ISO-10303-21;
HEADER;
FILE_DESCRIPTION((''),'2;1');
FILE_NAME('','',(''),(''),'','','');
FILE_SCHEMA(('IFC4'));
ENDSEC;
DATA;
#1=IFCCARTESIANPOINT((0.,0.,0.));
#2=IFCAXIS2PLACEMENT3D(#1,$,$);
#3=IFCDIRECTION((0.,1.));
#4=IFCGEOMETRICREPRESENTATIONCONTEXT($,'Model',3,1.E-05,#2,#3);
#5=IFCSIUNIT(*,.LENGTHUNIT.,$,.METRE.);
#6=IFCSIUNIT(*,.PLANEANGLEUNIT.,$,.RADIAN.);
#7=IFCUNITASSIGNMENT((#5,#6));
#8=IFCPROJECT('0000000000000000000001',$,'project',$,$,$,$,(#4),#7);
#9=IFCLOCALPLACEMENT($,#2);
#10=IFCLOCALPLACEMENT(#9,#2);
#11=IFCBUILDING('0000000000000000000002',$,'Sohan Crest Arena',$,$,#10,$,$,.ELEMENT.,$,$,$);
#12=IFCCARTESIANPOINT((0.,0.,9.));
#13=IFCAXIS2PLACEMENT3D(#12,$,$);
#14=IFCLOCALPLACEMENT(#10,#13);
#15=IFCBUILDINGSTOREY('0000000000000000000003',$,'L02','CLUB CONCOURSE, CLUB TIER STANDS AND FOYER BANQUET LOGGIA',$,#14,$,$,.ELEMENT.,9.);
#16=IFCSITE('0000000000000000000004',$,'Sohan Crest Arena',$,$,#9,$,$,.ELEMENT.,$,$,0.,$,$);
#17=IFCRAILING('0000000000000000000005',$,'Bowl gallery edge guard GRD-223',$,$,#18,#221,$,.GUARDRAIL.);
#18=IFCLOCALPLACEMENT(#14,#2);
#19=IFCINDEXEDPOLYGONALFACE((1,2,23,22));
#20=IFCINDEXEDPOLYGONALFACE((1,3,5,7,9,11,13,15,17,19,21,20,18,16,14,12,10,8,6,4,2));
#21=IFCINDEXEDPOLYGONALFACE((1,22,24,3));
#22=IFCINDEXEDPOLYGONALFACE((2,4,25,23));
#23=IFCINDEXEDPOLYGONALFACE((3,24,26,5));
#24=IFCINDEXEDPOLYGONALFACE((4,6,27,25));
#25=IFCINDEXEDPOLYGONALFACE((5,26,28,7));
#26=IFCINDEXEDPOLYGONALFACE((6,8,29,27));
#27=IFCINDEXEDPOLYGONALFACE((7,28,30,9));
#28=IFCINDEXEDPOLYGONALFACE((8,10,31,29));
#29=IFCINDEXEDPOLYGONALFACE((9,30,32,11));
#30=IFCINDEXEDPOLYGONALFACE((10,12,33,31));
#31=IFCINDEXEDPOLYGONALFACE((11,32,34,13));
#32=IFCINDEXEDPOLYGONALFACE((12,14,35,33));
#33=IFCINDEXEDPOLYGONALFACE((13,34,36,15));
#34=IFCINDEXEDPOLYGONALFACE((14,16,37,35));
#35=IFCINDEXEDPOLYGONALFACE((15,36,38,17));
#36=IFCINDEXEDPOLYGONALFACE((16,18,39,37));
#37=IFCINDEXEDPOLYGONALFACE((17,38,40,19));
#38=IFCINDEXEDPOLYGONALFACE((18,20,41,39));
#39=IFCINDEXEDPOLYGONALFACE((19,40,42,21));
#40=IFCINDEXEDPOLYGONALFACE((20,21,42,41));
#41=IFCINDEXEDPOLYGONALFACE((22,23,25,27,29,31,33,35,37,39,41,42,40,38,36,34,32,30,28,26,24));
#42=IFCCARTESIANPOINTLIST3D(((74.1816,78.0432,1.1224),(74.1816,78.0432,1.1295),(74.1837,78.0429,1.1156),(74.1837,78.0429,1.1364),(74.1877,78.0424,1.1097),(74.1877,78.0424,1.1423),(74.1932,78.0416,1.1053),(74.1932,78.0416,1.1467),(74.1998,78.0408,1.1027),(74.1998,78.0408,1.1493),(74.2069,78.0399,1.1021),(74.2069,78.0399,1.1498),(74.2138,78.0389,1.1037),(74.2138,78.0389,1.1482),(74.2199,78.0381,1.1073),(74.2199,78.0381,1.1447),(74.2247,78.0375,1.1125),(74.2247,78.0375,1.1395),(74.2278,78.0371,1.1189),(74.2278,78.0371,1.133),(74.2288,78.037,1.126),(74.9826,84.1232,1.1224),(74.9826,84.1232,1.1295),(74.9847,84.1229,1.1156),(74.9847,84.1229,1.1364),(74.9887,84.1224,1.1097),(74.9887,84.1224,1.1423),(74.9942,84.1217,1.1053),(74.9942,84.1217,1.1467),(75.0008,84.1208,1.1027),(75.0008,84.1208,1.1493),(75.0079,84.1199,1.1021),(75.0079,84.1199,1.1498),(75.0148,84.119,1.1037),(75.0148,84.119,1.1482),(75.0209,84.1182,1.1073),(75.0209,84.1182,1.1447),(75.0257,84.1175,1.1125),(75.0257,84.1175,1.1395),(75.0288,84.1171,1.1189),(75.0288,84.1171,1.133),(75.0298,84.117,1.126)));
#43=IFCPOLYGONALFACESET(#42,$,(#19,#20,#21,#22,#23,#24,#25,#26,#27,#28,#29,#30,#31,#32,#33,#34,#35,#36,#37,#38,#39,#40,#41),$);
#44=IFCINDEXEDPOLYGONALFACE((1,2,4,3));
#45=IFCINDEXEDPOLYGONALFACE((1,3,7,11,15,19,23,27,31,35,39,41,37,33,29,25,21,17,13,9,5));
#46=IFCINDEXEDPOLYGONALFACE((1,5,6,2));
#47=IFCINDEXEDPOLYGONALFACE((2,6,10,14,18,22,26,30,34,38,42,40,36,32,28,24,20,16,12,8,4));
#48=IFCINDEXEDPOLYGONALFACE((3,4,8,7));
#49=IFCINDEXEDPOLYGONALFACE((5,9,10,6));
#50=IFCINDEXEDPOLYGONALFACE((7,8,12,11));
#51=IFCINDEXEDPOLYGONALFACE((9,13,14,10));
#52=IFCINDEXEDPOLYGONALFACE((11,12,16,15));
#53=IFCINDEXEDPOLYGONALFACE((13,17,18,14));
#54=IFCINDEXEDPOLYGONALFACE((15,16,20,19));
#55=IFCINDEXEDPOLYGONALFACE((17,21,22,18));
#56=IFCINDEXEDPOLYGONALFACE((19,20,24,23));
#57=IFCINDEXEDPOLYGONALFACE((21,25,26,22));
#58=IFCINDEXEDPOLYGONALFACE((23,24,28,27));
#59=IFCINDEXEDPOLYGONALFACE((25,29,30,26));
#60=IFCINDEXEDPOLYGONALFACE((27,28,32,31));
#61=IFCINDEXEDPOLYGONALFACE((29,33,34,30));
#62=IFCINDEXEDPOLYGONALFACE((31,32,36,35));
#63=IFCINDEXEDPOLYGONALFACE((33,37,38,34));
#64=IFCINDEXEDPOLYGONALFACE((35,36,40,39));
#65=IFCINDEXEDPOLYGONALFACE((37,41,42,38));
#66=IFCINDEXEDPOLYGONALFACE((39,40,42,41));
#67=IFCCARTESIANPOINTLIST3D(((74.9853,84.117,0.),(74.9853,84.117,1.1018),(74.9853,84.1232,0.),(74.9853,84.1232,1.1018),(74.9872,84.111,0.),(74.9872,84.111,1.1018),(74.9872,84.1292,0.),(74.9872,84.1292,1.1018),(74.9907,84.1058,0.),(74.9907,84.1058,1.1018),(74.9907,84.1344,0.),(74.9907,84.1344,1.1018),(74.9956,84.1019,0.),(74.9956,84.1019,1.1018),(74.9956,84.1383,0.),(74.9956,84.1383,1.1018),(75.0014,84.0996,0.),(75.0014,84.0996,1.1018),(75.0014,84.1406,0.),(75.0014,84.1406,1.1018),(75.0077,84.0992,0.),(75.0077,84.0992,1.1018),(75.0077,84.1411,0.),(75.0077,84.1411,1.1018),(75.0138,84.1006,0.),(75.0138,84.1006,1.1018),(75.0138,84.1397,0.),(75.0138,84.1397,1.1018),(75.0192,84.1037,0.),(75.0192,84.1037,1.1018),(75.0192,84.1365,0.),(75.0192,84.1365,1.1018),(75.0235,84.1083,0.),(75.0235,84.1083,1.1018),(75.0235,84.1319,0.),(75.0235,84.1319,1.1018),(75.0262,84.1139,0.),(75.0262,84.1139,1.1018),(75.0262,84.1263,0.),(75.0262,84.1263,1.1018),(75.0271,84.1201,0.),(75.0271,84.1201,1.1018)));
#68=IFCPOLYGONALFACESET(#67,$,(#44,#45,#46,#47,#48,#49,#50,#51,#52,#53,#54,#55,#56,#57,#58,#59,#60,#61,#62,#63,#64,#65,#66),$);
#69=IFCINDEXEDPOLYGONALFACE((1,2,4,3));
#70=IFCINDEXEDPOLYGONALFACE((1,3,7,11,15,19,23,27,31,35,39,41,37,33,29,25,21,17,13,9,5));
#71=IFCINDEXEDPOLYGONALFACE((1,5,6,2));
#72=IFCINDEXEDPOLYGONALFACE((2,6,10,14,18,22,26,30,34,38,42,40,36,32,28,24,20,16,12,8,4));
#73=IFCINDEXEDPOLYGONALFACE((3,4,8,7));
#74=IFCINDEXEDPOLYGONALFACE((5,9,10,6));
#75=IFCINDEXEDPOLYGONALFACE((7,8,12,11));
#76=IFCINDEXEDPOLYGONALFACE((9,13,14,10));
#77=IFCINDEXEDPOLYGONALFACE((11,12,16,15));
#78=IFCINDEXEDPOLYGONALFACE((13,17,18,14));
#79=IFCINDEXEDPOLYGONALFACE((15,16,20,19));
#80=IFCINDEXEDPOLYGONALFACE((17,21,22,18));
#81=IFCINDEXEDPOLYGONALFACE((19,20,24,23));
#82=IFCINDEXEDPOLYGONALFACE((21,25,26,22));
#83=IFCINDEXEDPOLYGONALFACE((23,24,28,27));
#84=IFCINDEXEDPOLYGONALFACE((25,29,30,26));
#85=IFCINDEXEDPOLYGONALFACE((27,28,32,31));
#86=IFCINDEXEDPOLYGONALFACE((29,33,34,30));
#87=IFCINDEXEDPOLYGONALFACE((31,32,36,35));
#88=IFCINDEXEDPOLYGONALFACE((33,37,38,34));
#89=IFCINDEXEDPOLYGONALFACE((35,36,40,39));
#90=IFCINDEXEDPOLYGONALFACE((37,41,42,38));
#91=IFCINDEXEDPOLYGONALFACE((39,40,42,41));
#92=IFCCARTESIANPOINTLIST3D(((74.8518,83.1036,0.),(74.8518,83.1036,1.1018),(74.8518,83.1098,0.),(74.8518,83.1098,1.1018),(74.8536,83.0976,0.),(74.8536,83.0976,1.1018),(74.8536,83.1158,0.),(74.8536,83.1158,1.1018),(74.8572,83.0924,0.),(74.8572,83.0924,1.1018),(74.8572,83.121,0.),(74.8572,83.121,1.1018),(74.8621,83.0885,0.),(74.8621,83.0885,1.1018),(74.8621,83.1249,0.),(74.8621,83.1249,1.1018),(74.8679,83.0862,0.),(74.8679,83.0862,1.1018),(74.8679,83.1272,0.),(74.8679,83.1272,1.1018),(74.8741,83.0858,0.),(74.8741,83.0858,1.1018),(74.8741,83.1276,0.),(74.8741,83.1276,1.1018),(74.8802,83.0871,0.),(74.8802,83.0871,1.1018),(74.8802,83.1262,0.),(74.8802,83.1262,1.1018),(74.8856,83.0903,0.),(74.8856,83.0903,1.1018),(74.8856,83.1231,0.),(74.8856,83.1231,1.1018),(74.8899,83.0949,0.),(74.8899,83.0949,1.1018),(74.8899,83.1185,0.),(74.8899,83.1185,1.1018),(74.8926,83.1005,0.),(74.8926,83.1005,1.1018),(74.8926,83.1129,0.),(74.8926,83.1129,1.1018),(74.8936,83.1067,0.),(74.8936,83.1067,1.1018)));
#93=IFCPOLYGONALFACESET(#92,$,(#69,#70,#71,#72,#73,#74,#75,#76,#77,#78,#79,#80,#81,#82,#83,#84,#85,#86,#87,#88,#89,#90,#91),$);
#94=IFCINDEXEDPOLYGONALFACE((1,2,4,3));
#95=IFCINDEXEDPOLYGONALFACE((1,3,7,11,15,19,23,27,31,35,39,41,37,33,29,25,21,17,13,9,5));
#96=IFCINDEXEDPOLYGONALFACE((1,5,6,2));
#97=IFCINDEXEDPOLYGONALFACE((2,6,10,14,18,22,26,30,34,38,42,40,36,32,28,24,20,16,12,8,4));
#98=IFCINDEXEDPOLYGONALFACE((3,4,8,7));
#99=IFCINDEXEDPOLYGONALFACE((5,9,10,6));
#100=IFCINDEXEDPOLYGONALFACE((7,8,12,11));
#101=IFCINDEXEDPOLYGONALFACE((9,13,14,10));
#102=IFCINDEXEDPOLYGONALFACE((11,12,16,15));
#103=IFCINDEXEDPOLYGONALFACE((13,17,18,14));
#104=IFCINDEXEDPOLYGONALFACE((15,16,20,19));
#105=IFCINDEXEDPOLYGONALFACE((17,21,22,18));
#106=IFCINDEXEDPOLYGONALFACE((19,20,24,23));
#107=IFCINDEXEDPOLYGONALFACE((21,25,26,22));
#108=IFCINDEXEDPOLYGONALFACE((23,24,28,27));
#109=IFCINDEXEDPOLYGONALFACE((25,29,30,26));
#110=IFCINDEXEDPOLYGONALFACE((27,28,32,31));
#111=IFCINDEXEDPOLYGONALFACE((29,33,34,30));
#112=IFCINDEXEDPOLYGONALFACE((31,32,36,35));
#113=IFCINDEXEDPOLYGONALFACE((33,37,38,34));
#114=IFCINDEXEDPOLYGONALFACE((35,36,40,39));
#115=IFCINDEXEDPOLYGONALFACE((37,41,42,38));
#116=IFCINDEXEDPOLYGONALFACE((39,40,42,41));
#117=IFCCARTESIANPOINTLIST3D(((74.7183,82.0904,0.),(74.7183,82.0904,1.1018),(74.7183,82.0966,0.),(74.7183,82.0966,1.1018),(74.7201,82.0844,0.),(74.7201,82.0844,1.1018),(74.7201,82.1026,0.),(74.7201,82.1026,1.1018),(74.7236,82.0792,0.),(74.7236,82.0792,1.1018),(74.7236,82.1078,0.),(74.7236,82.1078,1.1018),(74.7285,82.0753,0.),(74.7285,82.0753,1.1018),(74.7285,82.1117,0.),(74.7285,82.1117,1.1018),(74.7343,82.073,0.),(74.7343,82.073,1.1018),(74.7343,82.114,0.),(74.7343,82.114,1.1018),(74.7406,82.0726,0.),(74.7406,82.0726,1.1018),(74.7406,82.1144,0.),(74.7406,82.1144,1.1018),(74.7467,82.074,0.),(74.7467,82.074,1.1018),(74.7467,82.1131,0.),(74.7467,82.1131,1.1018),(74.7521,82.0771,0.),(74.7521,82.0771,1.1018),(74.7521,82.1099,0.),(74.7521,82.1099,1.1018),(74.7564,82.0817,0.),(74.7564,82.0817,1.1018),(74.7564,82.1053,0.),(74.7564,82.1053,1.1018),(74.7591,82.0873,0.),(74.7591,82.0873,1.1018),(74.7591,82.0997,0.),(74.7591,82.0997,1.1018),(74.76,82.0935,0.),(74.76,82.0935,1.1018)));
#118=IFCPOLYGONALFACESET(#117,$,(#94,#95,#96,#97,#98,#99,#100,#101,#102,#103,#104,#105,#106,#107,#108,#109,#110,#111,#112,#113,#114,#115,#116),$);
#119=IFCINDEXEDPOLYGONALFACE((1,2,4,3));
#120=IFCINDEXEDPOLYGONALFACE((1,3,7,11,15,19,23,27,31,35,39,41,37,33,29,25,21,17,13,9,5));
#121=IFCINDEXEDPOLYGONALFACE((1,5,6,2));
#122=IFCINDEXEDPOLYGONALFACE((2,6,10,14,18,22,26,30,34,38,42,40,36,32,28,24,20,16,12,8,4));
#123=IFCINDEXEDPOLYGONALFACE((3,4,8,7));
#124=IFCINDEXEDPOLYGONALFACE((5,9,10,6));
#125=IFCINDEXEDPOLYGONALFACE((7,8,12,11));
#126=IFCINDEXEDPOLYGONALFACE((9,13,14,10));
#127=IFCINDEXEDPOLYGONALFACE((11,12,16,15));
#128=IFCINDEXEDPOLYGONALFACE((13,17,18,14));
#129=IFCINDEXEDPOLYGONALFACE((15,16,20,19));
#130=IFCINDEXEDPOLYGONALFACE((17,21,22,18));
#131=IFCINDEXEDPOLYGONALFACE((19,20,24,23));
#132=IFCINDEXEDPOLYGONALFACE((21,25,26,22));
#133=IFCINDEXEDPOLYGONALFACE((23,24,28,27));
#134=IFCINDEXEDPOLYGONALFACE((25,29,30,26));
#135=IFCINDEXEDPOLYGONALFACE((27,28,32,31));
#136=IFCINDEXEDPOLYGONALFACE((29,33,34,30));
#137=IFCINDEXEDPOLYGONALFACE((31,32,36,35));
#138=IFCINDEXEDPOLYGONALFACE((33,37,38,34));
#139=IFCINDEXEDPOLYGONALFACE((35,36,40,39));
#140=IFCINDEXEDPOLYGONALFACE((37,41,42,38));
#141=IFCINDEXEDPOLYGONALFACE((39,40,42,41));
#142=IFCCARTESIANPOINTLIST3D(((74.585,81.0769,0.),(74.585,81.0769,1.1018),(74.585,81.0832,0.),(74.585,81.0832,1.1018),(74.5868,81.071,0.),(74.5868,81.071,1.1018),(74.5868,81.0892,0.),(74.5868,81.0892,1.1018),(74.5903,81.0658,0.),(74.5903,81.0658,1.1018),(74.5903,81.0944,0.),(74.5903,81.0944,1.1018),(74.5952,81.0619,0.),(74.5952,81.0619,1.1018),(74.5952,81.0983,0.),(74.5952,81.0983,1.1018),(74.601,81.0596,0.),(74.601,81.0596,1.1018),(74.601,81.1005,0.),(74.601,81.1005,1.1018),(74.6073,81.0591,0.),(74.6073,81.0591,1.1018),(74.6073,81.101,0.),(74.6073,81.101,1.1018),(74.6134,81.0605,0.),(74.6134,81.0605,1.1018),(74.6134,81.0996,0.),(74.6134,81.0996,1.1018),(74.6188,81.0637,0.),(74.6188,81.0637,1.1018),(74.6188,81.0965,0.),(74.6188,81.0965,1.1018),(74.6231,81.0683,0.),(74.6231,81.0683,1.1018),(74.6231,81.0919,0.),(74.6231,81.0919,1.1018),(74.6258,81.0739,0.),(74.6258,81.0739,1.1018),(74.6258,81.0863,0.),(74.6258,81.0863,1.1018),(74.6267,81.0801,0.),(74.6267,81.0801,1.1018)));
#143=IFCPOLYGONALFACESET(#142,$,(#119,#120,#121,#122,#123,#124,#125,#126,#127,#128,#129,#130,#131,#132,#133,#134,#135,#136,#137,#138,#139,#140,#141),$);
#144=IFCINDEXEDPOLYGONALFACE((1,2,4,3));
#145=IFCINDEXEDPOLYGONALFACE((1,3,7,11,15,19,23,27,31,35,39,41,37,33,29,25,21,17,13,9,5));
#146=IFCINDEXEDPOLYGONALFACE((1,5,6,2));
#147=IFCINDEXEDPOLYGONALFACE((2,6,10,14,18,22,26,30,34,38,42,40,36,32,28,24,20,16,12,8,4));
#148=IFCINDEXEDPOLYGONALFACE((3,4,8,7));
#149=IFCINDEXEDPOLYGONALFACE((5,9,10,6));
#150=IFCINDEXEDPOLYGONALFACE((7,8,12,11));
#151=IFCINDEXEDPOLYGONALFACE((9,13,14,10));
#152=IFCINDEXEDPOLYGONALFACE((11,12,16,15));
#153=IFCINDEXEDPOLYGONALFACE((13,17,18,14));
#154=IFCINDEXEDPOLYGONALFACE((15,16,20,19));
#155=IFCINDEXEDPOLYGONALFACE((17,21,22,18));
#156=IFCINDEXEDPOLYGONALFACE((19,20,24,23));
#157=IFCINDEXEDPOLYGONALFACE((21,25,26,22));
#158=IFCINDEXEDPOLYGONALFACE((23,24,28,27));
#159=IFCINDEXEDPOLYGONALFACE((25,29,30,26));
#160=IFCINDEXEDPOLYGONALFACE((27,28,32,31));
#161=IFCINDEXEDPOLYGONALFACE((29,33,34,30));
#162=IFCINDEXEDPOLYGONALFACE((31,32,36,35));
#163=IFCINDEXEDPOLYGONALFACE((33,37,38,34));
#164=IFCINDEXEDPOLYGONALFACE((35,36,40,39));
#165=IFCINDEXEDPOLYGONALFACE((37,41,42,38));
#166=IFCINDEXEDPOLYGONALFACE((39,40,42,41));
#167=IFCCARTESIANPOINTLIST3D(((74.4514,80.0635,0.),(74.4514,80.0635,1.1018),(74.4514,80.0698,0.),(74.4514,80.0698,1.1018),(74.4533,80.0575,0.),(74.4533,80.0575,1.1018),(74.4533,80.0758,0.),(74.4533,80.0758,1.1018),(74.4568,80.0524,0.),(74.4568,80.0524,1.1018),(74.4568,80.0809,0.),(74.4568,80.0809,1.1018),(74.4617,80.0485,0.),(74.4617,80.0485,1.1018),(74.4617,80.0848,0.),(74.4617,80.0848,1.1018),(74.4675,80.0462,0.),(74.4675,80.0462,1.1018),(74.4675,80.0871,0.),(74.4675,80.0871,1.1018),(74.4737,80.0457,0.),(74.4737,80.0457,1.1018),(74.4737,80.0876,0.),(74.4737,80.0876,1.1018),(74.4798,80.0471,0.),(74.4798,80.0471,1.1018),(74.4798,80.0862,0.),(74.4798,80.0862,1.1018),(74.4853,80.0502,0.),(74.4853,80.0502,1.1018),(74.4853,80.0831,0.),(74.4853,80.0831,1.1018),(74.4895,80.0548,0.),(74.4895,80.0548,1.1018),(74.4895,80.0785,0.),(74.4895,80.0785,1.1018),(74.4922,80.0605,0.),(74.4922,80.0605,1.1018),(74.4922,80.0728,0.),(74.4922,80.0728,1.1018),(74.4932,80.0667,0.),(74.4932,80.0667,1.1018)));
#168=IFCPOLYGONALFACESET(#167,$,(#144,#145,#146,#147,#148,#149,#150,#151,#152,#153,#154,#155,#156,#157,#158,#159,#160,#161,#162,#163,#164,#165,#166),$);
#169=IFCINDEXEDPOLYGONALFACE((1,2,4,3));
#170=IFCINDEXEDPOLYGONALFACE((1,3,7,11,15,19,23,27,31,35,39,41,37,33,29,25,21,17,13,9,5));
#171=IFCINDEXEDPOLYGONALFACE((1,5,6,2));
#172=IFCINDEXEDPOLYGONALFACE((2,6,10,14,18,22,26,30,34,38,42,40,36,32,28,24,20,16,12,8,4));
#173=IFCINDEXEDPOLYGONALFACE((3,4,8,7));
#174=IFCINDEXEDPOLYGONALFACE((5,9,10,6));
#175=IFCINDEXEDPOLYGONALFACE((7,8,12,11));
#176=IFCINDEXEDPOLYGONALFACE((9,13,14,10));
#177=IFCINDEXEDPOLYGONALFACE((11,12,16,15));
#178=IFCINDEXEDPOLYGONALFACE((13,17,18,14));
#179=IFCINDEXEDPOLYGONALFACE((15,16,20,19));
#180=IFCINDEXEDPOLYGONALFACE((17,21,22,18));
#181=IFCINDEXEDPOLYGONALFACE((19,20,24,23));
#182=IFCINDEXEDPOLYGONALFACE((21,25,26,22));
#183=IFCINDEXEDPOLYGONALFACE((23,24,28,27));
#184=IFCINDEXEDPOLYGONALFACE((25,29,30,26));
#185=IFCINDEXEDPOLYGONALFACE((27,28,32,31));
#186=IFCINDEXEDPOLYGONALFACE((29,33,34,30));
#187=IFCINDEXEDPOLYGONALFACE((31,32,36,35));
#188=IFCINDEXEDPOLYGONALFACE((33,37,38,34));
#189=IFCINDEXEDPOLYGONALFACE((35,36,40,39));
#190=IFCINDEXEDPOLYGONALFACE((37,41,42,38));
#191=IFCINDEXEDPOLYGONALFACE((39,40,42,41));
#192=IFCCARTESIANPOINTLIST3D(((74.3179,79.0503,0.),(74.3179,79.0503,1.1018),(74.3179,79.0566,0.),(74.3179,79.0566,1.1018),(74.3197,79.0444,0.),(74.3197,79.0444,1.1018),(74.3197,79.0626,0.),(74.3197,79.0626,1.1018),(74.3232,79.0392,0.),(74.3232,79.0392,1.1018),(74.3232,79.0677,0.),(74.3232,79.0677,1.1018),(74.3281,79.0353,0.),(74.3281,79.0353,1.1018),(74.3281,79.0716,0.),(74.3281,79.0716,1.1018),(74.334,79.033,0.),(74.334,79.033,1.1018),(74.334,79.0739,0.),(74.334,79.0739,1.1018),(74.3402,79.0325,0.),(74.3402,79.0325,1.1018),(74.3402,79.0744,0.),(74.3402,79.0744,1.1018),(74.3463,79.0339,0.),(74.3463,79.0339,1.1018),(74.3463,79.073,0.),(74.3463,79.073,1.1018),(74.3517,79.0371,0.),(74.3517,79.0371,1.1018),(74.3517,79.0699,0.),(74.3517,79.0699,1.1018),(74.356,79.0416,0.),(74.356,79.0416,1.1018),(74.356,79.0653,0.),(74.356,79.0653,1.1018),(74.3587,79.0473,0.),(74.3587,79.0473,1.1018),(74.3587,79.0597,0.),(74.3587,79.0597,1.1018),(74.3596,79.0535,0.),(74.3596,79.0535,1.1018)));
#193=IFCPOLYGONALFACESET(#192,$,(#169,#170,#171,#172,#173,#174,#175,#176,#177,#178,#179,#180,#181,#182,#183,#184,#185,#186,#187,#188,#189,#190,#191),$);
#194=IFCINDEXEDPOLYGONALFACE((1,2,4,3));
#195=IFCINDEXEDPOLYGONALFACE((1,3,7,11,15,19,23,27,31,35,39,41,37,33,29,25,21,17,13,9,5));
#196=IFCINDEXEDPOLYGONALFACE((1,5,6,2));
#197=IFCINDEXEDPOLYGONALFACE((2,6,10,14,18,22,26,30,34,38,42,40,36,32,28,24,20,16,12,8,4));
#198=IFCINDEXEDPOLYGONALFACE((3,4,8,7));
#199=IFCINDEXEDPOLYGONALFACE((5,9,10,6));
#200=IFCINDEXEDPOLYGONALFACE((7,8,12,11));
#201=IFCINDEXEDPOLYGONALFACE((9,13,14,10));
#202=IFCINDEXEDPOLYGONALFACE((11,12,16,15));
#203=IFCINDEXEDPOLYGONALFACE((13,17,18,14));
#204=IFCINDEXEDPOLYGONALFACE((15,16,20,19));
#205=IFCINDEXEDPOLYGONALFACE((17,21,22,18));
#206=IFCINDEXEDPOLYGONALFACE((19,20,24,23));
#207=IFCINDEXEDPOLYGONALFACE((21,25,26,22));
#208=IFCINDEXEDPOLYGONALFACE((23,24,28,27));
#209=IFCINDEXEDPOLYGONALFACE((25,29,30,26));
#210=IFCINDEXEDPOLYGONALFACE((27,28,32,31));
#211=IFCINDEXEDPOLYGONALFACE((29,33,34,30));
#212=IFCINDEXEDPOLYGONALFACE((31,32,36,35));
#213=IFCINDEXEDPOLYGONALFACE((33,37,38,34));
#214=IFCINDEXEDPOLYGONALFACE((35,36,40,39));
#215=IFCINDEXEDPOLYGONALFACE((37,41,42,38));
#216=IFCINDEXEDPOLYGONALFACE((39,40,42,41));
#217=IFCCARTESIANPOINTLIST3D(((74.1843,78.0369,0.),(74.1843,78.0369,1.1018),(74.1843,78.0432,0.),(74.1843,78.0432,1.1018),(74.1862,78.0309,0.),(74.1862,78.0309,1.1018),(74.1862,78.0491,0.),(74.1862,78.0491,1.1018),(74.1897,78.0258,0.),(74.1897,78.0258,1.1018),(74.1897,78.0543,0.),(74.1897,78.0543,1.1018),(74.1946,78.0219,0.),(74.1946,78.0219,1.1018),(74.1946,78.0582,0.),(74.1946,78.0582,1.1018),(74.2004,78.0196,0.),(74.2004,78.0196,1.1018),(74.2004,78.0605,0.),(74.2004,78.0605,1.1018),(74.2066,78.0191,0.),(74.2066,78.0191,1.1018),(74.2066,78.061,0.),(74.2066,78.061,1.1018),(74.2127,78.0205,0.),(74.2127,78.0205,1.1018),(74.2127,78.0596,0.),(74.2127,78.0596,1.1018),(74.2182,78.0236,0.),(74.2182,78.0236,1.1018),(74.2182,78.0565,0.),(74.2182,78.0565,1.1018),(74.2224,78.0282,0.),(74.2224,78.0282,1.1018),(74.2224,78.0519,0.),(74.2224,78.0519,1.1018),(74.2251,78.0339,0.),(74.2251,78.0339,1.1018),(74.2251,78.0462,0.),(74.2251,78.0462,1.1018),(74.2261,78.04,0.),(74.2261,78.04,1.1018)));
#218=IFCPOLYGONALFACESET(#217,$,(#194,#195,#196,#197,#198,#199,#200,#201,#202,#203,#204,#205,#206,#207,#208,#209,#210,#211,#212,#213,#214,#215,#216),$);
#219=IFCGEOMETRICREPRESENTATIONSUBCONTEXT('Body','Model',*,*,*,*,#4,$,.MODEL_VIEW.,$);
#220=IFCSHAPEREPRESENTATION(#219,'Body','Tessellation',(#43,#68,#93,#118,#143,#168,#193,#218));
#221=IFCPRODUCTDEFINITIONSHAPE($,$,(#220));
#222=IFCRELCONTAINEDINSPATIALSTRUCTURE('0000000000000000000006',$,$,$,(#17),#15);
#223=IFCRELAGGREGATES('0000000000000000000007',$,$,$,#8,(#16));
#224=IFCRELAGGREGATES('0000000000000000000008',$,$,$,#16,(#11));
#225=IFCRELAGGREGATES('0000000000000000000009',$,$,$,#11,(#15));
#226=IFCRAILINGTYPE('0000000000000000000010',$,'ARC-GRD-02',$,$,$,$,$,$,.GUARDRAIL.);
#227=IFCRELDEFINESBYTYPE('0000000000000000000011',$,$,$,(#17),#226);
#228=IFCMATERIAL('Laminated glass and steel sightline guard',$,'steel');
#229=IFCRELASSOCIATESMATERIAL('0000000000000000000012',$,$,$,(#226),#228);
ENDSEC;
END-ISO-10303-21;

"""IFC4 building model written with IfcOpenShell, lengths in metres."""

from ifc_helpers import new_model, si_unit, direction, frame, origin, origin_2d, place, context, subcontext, project, spatial, circle, extrude, material, type_object, element, save


model = new_model("IFC4")

# Units and contexts
model_context = context("Model", 3, precision=1e-05, world=origin(), true_north=direction((0.0, 1.0)))
body_context = subcontext(model_context, "Body", "Model", "MODEL_VIEW")
ifc_project = project(units=[si_unit("LENGTHUNIT", "METRE"), si_unit("PLANEANGLEUNIT", "RADIAN")], contexts=[model_context])

# Site, building, storey
site_placement = place(None, origin())
site = spatial("IfcSite", under=ifc_project, at=site_placement, Name="Sohan Crest Arena", CompositionType="ELEMENT", RefElevation=0.0)
building_placement = place(site_placement, origin())
building = spatial("IfcBuilding", under=site, at=building_placement, Name="Sohan Crest Arena", CompositionType="ELEMENT")
storey_placement = place(building_placement, frame((0.0, 0.0, 9.0)))
storey = spatial("IfcBuildingStorey", under=building, at=storey_placement, Name="L02", Description="CLUB CONCOURSE, CLUB TIER STANDS AND FOYER BANQUET LOGGIA", CompositionType="ELEMENT", Elevation=9.0)

# Railing
ifc_material_1 = material(Name="Laminated glass and steel sightline guard", Category="steel")
railing_type_1 = type_object("IfcRailingType", Name="ARC-GRD-02", PredefinedType="GUARDRAIL", material=ifc_material_1)
railing_1_placement = place(storey_placement, frame((75.0061, 84.1201, 0.0)))
element("IfcRailing", 1, at=railing_1_placement, inside=storey, type_object=railing_type_1, Name="Bowl gallery edge guard GRD-223", PredefinedType="GUARDRAIL", context=body_context, shape_type="SweptSolid", body=[
    extrude(circle(Radius=0.0239, at=origin_2d()), frame((0.0, 0.0, 1.126), z_axis=(-0.130617, -0.991433, 0.0), x_axis=(0.991433, -0.130617, 0.0)), (0.0, 0.0, 1.0), 6.1326),
    extrude(circle(Radius=0.021, at=origin_2d()), origin(), (0.0, 0.0, 1.0), 1.1018),
    extrude(circle(Radius=0.021, at=origin_2d()), frame((-0.1335, -1.0134, 0.0)), (0.0, 0.0, 1.0), 1.1018),
    extrude(circle(Radius=0.021, at=origin_2d()), frame((-0.2671, -2.0266, 0.0)), (0.0, 0.0, 1.0), 1.1018),
    extrude(circle(Radius=0.021, at=origin_2d()), frame((-0.4004, -3.04, 0.0)), (0.0, 0.0, 1.0), 1.1018),
    extrude(circle(Radius=0.021, at=origin_2d()), frame((-0.5339, -4.0535, 0.0)), (0.0, 0.0, 1.0), 1.1018),
    extrude(circle(Radius=0.021, at=origin_2d()), frame((-0.6675, -5.0667, 0.0)), (0.0, 0.0, 1.0), 1.1018),
    extrude(circle(Radius=0.021, at=origin_2d()), frame((-0.801, -6.0801, 0.0)), (0.0, 0.0, 1.0), 1.1018),
])

save(model, "model.ifc")
